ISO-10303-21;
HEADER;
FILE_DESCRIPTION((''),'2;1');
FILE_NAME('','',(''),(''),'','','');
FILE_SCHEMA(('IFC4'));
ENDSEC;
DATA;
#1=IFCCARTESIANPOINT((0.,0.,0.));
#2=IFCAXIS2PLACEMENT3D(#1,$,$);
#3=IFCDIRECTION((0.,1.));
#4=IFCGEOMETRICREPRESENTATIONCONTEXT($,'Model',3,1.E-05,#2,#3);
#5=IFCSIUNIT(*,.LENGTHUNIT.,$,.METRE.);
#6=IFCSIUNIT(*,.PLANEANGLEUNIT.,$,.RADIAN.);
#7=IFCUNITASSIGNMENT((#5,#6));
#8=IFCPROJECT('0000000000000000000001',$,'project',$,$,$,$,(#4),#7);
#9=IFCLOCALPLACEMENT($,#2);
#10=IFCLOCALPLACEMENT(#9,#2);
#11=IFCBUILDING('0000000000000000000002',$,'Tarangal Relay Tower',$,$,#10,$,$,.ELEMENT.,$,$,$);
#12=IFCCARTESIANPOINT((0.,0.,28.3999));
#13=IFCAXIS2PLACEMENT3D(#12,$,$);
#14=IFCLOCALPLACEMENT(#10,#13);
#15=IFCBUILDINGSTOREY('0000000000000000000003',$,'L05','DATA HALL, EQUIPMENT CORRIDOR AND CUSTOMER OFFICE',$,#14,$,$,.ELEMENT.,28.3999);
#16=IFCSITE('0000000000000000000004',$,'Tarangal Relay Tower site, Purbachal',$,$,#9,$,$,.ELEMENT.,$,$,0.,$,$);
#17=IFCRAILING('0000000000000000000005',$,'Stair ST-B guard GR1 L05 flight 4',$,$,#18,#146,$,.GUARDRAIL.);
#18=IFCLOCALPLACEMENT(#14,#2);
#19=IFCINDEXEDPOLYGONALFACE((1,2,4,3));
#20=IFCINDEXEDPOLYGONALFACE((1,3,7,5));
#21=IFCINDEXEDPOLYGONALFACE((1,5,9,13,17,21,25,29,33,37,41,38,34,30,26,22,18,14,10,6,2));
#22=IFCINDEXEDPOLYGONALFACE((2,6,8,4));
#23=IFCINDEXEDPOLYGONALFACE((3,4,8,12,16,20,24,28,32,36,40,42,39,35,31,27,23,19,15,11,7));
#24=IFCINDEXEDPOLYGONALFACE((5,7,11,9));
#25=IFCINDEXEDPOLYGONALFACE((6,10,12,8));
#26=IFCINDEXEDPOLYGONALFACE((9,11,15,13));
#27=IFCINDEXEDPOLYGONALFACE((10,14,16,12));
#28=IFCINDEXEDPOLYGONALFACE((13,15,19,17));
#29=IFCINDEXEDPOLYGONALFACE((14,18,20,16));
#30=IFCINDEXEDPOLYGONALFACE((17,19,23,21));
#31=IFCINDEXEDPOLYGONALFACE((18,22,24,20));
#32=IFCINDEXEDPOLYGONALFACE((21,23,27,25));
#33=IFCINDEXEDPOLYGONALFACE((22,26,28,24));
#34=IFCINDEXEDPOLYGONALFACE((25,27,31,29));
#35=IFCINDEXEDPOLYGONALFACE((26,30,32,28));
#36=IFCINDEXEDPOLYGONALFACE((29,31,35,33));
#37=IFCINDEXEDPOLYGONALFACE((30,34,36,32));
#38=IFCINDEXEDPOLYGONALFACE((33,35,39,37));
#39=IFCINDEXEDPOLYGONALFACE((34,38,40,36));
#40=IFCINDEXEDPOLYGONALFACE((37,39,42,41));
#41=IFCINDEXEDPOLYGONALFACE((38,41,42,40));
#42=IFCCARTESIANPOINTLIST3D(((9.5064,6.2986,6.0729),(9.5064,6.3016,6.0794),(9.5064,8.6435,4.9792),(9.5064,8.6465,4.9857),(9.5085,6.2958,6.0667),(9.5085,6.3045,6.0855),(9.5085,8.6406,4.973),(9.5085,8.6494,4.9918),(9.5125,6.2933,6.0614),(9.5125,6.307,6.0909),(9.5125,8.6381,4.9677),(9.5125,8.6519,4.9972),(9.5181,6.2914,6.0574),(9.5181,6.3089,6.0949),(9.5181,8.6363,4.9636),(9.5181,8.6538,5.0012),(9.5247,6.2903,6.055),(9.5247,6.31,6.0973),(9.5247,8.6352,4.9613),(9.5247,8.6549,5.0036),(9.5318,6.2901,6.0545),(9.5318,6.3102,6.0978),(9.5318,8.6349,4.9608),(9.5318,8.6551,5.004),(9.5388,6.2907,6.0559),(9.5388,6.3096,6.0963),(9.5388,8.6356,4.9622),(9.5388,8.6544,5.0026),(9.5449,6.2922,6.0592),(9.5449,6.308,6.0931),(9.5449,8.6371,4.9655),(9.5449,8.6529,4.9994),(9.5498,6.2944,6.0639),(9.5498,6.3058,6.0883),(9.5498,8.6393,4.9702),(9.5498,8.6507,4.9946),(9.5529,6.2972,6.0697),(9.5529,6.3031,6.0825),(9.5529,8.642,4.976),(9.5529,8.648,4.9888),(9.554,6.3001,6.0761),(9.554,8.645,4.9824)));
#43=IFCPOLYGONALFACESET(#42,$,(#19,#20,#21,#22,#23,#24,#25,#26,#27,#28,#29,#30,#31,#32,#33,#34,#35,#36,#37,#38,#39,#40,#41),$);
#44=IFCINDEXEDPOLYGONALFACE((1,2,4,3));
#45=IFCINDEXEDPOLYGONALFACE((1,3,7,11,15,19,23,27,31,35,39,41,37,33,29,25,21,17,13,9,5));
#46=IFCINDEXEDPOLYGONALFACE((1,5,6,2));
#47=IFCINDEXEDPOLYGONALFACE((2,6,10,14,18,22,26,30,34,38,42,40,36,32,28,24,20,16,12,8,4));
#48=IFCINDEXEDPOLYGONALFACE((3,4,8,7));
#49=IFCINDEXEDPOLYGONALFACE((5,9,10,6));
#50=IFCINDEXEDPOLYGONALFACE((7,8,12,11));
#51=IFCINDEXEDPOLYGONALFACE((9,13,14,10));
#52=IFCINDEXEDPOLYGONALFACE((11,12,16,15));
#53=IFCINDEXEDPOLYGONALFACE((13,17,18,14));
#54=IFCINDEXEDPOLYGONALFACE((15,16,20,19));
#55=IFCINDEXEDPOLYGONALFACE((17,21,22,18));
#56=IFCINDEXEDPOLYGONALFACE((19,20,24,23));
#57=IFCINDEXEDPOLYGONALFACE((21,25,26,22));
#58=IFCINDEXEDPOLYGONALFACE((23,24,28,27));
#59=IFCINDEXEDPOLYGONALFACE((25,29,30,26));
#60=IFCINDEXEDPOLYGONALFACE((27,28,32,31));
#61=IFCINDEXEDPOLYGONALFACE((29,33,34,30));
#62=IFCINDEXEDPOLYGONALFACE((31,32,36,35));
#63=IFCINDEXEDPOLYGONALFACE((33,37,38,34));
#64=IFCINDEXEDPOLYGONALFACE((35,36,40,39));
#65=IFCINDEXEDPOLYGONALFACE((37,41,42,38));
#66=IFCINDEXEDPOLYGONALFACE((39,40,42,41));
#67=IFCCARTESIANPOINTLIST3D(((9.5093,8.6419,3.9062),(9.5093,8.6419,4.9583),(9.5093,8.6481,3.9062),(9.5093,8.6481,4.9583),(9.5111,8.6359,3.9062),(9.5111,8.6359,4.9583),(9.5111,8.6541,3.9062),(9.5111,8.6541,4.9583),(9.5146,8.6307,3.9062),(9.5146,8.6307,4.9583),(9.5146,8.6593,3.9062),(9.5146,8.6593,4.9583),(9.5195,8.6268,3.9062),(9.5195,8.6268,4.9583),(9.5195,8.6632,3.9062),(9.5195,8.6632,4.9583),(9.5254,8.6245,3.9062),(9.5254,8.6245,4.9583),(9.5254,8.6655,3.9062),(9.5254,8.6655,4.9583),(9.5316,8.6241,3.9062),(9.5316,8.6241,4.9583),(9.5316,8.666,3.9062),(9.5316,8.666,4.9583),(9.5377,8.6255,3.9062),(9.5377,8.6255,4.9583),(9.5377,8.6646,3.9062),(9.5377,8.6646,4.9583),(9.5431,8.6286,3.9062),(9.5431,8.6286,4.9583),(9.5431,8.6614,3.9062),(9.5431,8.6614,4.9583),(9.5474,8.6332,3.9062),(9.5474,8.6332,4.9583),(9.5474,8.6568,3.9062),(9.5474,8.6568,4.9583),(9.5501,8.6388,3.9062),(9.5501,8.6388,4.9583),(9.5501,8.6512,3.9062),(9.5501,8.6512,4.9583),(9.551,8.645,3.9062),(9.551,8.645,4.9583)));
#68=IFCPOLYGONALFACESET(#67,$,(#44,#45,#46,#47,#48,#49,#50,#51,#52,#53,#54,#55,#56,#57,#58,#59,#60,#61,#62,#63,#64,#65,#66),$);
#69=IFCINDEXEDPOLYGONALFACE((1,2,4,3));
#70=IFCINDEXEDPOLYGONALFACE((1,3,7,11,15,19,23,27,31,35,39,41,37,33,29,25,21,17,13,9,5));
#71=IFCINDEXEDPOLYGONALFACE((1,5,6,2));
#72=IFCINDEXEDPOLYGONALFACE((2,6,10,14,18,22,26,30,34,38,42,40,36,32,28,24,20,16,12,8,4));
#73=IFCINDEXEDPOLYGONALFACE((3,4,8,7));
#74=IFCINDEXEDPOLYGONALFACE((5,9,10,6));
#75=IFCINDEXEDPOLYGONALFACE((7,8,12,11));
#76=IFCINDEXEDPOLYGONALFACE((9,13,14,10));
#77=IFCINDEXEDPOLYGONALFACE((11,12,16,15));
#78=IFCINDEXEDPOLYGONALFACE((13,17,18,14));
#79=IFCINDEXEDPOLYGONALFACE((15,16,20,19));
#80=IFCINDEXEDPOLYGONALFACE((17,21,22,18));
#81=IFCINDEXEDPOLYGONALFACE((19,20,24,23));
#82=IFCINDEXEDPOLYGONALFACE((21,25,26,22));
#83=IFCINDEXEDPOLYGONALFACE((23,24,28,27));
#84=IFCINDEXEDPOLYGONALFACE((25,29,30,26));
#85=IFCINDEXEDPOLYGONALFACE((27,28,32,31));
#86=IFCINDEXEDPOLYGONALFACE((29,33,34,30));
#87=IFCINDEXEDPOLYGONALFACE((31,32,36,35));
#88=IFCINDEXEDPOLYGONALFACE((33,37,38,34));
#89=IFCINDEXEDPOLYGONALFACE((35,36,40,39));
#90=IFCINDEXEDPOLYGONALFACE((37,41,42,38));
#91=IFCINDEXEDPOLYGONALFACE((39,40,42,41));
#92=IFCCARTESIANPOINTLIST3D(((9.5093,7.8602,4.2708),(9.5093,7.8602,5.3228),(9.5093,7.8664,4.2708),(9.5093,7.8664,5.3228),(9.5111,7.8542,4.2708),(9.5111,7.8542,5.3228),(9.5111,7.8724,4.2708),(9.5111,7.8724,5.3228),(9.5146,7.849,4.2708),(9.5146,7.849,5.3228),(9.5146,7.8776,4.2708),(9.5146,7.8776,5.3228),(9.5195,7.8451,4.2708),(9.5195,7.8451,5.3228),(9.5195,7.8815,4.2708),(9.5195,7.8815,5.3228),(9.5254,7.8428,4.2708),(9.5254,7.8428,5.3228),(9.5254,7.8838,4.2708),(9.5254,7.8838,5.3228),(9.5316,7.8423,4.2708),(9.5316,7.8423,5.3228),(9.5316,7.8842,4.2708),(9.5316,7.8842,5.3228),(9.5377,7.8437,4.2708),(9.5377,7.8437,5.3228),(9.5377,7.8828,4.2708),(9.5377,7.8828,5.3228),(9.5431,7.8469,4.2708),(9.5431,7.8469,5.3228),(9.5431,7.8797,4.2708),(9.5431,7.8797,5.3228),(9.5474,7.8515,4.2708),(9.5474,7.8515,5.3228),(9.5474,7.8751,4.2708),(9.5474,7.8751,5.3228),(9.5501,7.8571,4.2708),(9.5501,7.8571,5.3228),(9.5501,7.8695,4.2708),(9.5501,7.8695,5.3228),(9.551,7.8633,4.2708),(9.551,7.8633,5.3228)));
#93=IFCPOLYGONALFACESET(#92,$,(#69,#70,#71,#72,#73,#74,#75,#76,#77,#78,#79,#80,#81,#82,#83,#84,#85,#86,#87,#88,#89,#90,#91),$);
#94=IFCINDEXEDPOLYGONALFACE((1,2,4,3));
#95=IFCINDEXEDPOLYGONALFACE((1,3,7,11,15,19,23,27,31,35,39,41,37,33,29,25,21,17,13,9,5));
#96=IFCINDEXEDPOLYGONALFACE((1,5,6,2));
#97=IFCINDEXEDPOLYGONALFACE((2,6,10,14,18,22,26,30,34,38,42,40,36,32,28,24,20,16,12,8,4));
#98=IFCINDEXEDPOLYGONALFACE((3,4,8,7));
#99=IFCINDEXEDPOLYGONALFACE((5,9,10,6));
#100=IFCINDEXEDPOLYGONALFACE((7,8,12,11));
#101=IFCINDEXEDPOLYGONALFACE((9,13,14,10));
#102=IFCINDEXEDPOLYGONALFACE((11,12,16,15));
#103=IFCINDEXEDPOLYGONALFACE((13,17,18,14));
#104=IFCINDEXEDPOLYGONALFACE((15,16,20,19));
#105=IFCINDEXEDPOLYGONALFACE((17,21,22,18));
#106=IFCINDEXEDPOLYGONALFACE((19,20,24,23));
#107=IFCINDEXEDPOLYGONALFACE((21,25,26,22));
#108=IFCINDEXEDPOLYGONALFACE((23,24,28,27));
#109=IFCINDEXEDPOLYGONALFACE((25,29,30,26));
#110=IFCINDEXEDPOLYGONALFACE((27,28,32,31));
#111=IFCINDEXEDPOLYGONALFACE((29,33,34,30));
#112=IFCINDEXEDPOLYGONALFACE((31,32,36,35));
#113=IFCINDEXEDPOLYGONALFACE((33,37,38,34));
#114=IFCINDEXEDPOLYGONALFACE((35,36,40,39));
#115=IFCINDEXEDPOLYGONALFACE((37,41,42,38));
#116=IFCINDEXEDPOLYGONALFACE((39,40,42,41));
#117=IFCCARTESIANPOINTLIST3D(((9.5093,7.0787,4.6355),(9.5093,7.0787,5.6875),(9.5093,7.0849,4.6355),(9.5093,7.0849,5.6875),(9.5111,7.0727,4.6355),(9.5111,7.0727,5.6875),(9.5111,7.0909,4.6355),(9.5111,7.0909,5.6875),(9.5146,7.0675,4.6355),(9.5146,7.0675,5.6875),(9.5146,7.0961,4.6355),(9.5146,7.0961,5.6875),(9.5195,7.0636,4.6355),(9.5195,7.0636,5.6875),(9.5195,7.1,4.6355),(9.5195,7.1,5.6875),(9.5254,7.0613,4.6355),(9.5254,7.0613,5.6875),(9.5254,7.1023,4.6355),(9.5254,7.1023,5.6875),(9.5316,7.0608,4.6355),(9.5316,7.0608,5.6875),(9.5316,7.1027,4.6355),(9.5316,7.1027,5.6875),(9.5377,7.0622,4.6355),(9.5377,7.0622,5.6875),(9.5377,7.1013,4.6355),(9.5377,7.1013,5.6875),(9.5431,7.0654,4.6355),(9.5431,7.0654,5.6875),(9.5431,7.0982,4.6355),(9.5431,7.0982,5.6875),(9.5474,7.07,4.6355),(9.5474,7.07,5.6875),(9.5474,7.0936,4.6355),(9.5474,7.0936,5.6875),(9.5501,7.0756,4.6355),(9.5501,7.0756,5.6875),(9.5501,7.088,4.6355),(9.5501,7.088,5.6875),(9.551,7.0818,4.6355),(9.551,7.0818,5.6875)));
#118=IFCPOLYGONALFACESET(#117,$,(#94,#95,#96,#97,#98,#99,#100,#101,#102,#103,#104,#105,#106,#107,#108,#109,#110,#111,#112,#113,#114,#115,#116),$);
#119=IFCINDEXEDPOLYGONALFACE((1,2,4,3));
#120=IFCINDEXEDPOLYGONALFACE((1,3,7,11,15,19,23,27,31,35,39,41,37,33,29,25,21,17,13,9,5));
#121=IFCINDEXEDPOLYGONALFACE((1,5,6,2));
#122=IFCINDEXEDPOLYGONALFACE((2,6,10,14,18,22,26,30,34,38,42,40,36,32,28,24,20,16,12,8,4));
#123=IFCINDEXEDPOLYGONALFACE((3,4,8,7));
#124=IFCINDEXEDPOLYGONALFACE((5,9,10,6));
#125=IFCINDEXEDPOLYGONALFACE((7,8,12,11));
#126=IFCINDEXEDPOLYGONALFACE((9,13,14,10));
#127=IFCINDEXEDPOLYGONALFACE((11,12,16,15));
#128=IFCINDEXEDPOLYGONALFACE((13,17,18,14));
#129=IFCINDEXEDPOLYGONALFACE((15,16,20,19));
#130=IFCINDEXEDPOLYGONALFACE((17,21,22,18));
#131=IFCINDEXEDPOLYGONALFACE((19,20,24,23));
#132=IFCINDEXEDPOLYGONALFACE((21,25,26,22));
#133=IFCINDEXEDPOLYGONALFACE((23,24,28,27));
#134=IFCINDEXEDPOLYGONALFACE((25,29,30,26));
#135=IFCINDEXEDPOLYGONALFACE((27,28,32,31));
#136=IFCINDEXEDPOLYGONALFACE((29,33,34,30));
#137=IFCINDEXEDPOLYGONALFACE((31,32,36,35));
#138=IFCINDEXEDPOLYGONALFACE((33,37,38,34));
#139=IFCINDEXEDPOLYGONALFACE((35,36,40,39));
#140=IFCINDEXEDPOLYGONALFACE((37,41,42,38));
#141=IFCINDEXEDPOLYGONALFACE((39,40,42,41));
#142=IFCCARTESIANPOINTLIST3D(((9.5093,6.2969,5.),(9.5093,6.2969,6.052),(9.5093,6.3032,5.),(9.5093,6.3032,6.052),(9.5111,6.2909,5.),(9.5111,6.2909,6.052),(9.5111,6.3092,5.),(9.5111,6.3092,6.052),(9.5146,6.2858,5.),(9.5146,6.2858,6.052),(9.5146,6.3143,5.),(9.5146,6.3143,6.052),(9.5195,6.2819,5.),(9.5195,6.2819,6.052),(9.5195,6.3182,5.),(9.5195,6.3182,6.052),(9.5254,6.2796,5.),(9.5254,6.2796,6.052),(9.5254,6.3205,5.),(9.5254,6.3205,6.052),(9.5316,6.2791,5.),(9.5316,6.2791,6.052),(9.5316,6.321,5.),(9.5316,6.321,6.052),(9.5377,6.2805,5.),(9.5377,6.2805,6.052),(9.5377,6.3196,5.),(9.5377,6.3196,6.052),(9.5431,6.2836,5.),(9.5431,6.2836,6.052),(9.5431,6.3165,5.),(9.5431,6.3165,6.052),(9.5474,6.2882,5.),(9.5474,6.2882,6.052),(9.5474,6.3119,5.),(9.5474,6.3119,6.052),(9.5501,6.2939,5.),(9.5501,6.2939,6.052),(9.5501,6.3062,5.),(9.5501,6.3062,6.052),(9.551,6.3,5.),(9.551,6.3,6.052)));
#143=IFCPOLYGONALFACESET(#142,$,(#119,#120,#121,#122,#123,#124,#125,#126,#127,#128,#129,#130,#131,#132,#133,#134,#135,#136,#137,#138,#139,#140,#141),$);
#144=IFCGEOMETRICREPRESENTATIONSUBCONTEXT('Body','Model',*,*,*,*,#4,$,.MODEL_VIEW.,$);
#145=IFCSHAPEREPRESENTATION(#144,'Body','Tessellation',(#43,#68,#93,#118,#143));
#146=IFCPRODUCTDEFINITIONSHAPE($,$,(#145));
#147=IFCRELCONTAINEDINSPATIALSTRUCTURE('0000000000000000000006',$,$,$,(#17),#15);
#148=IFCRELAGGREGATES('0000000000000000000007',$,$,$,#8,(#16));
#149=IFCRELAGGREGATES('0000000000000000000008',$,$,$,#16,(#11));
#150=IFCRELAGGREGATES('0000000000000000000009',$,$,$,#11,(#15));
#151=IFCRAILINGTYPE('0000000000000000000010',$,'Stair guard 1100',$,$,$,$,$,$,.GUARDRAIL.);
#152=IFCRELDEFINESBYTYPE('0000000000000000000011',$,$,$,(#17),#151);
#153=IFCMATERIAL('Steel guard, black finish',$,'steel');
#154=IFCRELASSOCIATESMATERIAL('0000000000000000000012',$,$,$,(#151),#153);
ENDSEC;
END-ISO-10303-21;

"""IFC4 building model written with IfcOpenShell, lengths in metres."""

from ifc_helpers import new_model, si_unit, direction, frame, origin, origin_2d, place, context, subcontext, project, spatial, circle, extrude, material, type_object, element, save


model = new_model("IFC4")

# Units and contexts
model_context = context("Model", 3, precision=1e-05, world=origin(), true_north=direction((0.0, 1.0)))
body_context = subcontext(model_context, "Body", "Model", "MODEL_VIEW")
ifc_project = project(units=[si_unit("LENGTHUNIT", "METRE"), si_unit("PLANEANGLEUNIT", "RADIAN")], contexts=[model_context])

# Site, building, storey
site_placement = place(None, origin())
site = spatial("IfcSite", under=ifc_project, at=site_placement, Name="Tarangal Relay Tower site, Purbachal", CompositionType="ELEMENT", RefElevation=0.0)
building_placement = place(site_placement, origin())
building = spatial("IfcBuilding", under=site, at=building_placement, Name="Tarangal Relay Tower", CompositionType="ELEMENT")
storey_placement = place(building_placement, frame((0.0, 0.0, 28.3999)))
storey = spatial("IfcBuildingStorey", under=building, at=storey_placement, Name="L05", Description="DATA HALL, EQUIPMENT CORRIDOR AND CUSTOMER OFFICE", CompositionType="ELEMENT", Elevation=28.3999)

# Railing
ifc_material_1 = material(Name="Steel guard, black finish", Category="steel")
railing_type_1 = type_object("IfcRailingType", Name="Stair guard 1100", PredefinedType="GUARDRAIL", material=ifc_material_1)
railing_1_placement = place(storey_placement, frame((9.53, 8.645, 3.9062)))
element("IfcRailing", 1, at=railing_1_placement, inside=storey, type_object=railing_type_1, Name="Stair ST-B guard GR1 L05 flight 4", PredefinedType="GUARDRAIL", context=body_context, shape_type="SweptSolid", body=[
    extrude(circle(Radius=0.0239, at=origin_2d()), frame((0.0, 0.0, 1.0762), z_axis=(0.0, -0.906267, 0.422705), x_axis=(1.0, 0.0, 0.0)), (0.0, 0.0, 1.0), 2.5874),
    extrude(circle(Radius=0.021, at=origin_2d()), origin(), (0.0, 0.0, 1.0), 1.052),
    extrude(circle(Radius=0.021, at=origin_2d()), frame((0.0, -0.7817, 0.3645)), (0.0, 0.0, 1.0), 1.052),
    extrude(circle(Radius=0.021, at=origin_2d()), frame((0.0, -1.5632, 0.7292)), (0.0, 0.0, 1.0), 1.052),
    extrude(circle(Radius=0.021, at=origin_2d()), frame((0.0, -2.345, 1.0938)), (0.0, 0.0, 1.0), 1.052),
])

save(model, "model.ifc")
